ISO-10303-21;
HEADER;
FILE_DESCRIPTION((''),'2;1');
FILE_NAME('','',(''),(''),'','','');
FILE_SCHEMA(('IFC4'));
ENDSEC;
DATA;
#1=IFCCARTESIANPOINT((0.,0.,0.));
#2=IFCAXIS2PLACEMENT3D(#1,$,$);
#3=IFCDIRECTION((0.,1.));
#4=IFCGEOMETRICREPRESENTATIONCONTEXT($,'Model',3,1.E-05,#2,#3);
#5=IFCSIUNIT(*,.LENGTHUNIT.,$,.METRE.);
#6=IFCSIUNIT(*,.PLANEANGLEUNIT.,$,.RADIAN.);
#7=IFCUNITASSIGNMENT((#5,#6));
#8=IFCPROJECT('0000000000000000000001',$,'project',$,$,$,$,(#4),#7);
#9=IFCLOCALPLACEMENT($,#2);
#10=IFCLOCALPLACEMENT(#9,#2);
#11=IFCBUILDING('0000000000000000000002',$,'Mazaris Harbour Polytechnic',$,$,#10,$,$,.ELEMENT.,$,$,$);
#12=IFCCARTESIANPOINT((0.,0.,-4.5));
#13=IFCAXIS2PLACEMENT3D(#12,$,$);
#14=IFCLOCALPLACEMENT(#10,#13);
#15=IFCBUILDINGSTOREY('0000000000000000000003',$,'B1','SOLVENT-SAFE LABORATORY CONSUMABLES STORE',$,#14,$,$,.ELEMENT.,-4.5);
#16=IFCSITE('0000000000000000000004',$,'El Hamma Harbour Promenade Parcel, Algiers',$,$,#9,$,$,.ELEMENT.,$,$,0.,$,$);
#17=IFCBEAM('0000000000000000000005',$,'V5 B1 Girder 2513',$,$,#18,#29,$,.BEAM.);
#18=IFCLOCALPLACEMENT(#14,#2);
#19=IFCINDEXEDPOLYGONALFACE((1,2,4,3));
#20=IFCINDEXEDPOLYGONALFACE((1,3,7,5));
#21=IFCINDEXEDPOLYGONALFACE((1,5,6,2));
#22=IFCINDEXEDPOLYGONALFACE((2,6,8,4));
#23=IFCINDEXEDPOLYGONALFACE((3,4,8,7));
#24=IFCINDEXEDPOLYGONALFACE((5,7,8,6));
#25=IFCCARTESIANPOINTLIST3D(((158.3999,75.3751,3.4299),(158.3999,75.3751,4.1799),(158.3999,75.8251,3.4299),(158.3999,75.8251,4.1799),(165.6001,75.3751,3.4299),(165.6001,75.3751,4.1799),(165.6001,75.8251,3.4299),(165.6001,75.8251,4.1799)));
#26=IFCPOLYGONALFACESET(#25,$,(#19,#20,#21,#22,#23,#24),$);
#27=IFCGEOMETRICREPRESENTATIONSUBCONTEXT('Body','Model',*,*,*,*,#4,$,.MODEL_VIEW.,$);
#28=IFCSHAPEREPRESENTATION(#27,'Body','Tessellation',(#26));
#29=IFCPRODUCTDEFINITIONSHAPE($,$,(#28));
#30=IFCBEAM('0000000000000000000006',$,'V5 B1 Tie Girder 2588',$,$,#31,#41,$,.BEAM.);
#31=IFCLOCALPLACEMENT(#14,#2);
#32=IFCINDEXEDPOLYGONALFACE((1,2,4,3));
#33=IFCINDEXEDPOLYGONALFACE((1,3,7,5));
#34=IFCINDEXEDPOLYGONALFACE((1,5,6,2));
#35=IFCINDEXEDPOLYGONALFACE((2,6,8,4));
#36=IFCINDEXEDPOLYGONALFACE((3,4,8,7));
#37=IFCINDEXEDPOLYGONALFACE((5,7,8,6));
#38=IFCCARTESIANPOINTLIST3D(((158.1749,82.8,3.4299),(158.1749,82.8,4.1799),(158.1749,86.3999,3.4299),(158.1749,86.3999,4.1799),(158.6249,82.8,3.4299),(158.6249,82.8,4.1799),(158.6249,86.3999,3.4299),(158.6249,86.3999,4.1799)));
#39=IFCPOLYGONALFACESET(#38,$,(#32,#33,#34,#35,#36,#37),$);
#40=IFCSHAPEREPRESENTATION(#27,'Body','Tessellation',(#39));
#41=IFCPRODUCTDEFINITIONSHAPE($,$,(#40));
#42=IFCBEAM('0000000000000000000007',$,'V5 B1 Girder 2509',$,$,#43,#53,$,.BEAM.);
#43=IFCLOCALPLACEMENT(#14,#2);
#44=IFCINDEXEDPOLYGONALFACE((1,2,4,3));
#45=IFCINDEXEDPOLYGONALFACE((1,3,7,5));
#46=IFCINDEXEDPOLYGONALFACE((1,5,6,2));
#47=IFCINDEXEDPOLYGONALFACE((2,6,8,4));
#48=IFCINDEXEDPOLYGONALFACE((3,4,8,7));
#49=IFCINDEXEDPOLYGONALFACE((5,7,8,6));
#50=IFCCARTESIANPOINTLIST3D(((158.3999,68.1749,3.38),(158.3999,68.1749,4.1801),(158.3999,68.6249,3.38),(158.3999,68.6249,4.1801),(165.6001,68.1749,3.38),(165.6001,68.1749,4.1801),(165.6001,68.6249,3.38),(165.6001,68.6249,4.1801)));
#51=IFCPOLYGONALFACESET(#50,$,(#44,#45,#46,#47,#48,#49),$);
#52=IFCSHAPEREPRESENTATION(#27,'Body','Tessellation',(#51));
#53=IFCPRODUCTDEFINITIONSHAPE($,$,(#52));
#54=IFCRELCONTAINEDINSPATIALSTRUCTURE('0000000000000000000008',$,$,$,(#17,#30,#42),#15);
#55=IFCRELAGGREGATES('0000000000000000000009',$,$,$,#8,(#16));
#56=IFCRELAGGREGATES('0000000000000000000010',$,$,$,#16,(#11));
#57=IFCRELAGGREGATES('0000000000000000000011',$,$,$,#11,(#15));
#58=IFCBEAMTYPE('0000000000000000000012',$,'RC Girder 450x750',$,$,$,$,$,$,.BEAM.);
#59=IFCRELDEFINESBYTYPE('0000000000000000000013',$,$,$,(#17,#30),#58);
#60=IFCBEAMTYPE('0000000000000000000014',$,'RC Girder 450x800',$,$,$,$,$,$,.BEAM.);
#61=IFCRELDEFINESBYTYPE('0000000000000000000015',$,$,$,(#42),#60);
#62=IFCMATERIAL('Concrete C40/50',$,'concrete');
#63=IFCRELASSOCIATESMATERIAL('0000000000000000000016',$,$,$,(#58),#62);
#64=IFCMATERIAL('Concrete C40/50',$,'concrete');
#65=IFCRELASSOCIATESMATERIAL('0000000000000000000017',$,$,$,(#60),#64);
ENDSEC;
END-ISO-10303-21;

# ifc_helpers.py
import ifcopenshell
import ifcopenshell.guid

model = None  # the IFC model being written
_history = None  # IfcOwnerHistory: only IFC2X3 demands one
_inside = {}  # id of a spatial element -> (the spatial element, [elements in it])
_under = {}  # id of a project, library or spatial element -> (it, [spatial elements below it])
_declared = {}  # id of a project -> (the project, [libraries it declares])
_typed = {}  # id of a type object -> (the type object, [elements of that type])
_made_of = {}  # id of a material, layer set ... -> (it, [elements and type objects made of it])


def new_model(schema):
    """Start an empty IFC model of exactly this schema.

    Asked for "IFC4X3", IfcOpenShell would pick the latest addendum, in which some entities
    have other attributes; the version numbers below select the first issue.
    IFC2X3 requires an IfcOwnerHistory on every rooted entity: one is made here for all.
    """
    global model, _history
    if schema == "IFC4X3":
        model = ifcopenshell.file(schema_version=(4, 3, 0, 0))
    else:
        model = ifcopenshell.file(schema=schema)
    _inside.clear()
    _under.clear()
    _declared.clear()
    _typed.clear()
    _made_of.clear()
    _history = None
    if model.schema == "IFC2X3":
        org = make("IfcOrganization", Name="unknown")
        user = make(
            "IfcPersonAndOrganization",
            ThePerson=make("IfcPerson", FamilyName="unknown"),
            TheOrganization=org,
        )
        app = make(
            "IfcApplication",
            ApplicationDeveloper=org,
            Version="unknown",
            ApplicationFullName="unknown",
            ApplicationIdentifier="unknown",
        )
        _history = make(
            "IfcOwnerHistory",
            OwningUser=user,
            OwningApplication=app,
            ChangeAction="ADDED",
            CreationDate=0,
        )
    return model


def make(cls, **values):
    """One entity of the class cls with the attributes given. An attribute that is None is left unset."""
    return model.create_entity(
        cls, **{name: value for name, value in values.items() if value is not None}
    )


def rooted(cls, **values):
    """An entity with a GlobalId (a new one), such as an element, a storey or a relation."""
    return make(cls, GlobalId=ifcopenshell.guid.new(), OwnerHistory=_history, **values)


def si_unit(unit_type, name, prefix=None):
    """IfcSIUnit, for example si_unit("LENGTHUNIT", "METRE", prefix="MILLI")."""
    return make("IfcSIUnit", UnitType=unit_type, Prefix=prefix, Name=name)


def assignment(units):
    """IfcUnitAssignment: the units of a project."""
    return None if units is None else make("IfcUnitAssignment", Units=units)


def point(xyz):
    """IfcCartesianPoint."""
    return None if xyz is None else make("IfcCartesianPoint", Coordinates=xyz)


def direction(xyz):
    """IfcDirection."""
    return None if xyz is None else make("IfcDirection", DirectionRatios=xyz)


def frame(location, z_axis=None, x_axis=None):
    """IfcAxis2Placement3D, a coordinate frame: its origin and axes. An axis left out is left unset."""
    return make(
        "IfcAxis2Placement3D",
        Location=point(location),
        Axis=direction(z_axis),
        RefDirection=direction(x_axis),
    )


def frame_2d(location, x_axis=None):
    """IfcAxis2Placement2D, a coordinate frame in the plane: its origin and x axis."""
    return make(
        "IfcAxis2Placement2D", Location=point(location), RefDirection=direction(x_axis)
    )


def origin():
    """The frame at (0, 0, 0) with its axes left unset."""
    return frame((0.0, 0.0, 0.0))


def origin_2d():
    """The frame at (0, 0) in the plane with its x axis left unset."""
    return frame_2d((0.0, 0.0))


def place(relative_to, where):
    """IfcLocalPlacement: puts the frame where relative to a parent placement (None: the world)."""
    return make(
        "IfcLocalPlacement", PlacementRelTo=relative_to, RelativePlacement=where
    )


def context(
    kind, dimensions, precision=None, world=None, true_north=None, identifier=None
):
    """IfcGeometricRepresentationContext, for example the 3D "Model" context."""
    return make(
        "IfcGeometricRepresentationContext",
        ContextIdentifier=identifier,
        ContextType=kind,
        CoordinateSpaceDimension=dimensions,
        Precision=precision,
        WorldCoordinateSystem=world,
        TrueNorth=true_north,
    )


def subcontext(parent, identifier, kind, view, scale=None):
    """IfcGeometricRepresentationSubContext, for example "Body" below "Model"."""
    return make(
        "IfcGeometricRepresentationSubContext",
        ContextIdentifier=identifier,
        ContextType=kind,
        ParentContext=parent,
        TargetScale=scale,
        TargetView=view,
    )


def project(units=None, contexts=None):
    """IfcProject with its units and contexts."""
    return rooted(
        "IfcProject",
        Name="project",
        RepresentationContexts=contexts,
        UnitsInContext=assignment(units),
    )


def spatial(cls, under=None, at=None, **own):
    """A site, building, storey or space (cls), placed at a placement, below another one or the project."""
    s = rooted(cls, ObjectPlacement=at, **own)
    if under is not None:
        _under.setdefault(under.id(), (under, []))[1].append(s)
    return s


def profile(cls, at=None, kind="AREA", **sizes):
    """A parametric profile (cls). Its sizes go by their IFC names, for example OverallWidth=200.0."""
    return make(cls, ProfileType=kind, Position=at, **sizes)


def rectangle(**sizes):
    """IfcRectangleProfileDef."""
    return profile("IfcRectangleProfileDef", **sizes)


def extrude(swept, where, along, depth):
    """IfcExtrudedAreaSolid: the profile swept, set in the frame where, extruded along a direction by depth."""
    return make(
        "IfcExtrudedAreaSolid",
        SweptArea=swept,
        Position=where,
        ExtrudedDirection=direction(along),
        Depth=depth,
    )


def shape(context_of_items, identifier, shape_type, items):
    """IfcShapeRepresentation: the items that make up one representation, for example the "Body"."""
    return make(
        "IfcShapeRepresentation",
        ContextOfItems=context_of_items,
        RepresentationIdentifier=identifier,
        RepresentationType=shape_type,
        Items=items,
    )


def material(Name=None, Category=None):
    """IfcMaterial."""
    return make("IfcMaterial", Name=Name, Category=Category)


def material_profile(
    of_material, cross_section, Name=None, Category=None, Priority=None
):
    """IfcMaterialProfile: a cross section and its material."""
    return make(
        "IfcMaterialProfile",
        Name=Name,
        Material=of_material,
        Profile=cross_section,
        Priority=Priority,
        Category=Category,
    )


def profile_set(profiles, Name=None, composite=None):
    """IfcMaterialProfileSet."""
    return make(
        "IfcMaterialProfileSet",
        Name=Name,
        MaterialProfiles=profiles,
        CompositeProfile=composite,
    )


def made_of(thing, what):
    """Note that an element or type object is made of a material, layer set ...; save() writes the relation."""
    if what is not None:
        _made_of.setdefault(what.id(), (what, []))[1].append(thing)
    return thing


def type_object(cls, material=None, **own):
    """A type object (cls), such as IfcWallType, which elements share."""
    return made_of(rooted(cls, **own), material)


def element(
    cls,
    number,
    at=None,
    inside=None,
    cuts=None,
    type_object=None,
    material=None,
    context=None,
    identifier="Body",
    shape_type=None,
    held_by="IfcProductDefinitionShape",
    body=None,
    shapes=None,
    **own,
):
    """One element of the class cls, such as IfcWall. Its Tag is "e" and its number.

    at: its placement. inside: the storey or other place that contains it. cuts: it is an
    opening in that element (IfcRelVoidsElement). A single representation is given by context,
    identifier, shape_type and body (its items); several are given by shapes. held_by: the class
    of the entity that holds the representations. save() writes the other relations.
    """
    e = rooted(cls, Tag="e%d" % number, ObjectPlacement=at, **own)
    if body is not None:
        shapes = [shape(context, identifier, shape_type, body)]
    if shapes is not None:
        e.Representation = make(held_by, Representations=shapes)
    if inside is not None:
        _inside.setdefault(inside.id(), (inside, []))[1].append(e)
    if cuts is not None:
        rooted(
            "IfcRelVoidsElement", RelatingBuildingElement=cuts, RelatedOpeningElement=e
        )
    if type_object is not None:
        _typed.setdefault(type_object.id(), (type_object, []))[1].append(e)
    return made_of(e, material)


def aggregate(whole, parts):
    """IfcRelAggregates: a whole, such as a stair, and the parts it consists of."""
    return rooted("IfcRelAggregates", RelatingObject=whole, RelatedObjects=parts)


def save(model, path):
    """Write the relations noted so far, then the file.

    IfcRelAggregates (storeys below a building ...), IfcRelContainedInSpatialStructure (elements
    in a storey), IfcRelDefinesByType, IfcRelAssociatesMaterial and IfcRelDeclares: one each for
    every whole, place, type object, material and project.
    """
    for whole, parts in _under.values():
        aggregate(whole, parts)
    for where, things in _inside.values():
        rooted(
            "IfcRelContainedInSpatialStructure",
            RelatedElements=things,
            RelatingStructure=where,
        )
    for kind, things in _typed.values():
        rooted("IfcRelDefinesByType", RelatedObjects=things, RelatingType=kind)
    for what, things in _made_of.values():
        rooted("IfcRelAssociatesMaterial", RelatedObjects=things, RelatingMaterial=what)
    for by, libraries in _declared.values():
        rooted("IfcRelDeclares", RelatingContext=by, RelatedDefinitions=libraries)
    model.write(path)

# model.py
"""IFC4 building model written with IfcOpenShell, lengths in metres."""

from ifc_helpers import new_model, si_unit, direction, frame, origin, origin_2d, place, context, subcontext, project, spatial, rectangle, extrude, material, material_profile, profile_set, type_object, element, save


model = new_model("IFC4")

# Units and contexts
model_context = context("Model", 3, precision=1e-05, world=origin(), true_north=direction((0.0, 1.0)))
body_context = subcontext(model_context, "Body", "Model", "MODEL_VIEW")
ifc_project = project(units=[si_unit("LENGTHUNIT", "METRE"), si_unit("PLANEANGLEUNIT", "RADIAN")], contexts=[model_context])

# Site, building, storey
site_placement = place(None, origin())
site = spatial("IfcSite", under=ifc_project, at=site_placement, Name="El Hamma Harbour Promenade Parcel, Algiers", CompositionType="ELEMENT", RefElevation=0.0)
building_placement = place(site_placement, origin())
building = spatial("IfcBuilding", under=site, at=building_placement, Name="Mazaris Harbour Polytechnic", CompositionType="ELEMENT")
storey_placement = place(building_placement, frame((0.0, 0.0, -4.5)))
storey = spatial("IfcBuildingStorey", under=building, at=storey_placement, Name="B1", Description="SOLVENT-SAFE LABORATORY CONSUMABLES STORE", CompositionType="ELEMENT", Elevation=-4.5)

# Beams
ifc_material_1 = material(Name="Concrete C40/50", Category="concrete")
ifc_material_profile_1 = material_profile(ifc_material_1, rectangle(XDim=0.45, YDim=0.75, at=origin_2d()), Name="RECT450x750")
ifc_profile_set_1 = profile_set([ifc_material_profile_1], Name="Concrete C40/50")
beam_type_1 = type_object("IfcBeamType", Name="RC Girder 450x750", PredefinedType="BEAM", material=ifc_profile_set_1)
beam_1_placement = place(storey_placement, frame((158.3999, 75.6001, 3.8049), z_axis=(1.0, 0.0, 0.0), x_axis=(0.0, 1.0, 0.0)))
element("IfcBeam", 1, at=beam_1_placement, inside=storey, type_object=beam_type_1, Name="V5 B1 Girder 2513", PredefinedType="BEAM", context=body_context, shape_type="SweptSolid", body=[
    extrude(rectangle(XDim=0.45, YDim=0.75, at=origin_2d()), origin(), (0.0, 0.0, 1.0), 7.2002),
])
beam_2_placement = place(storey_placement, frame((158.3999, 82.8, 3.8049), z_axis=(0.0, 1.0, 0.0), x_axis=(-1.0, 0.0, 0.0)))
element("IfcBeam", 2, at=beam_2_placement, inside=storey, type_object=beam_type_1, Name="V5 B1 Tie Girder 2588", PredefinedType="BEAM", context=body_context, shape_type="SweptSolid", body=[
    extrude(rectangle(XDim=0.45, YDim=0.75, at=origin_2d()), origin(), (0.0, 0.0, 1.0), 3.5999),
])
ifc_material_2 = material(Name="Concrete C40/50", Category="concrete")
ifc_material_profile_2 = material_profile(ifc_material_2, rectangle(XDim=0.45, YDim=0.8, at=origin_2d()), Name="RECT450x800")
ifc_profile_set_2 = profile_set([ifc_material_profile_2], Name="Concrete C40/50")
beam_type_2 = type_object("IfcBeamType", Name="RC Girder 450x800", PredefinedType="BEAM", material=ifc_profile_set_2)
beam_3_placement = place(storey_placement, frame((158.3999, 68.3999, 3.78), z_axis=(1.0, 0.0, 0.0), x_axis=(0.0, 1.0, 0.0)))
element("IfcBeam", 3, at=beam_3_placement, inside=storey, type_object=beam_type_2, Name="V5 B1 Girder 2509", PredefinedType="BEAM", context=body_context, shape_type="SweptSolid", body=[
    extrude(rectangle(XDim=0.45, YDim=0.8, at=origin_2d()), origin(), (0.0, 0.0, 1.0), 7.2002),
])

save(model, "model.ifc")
